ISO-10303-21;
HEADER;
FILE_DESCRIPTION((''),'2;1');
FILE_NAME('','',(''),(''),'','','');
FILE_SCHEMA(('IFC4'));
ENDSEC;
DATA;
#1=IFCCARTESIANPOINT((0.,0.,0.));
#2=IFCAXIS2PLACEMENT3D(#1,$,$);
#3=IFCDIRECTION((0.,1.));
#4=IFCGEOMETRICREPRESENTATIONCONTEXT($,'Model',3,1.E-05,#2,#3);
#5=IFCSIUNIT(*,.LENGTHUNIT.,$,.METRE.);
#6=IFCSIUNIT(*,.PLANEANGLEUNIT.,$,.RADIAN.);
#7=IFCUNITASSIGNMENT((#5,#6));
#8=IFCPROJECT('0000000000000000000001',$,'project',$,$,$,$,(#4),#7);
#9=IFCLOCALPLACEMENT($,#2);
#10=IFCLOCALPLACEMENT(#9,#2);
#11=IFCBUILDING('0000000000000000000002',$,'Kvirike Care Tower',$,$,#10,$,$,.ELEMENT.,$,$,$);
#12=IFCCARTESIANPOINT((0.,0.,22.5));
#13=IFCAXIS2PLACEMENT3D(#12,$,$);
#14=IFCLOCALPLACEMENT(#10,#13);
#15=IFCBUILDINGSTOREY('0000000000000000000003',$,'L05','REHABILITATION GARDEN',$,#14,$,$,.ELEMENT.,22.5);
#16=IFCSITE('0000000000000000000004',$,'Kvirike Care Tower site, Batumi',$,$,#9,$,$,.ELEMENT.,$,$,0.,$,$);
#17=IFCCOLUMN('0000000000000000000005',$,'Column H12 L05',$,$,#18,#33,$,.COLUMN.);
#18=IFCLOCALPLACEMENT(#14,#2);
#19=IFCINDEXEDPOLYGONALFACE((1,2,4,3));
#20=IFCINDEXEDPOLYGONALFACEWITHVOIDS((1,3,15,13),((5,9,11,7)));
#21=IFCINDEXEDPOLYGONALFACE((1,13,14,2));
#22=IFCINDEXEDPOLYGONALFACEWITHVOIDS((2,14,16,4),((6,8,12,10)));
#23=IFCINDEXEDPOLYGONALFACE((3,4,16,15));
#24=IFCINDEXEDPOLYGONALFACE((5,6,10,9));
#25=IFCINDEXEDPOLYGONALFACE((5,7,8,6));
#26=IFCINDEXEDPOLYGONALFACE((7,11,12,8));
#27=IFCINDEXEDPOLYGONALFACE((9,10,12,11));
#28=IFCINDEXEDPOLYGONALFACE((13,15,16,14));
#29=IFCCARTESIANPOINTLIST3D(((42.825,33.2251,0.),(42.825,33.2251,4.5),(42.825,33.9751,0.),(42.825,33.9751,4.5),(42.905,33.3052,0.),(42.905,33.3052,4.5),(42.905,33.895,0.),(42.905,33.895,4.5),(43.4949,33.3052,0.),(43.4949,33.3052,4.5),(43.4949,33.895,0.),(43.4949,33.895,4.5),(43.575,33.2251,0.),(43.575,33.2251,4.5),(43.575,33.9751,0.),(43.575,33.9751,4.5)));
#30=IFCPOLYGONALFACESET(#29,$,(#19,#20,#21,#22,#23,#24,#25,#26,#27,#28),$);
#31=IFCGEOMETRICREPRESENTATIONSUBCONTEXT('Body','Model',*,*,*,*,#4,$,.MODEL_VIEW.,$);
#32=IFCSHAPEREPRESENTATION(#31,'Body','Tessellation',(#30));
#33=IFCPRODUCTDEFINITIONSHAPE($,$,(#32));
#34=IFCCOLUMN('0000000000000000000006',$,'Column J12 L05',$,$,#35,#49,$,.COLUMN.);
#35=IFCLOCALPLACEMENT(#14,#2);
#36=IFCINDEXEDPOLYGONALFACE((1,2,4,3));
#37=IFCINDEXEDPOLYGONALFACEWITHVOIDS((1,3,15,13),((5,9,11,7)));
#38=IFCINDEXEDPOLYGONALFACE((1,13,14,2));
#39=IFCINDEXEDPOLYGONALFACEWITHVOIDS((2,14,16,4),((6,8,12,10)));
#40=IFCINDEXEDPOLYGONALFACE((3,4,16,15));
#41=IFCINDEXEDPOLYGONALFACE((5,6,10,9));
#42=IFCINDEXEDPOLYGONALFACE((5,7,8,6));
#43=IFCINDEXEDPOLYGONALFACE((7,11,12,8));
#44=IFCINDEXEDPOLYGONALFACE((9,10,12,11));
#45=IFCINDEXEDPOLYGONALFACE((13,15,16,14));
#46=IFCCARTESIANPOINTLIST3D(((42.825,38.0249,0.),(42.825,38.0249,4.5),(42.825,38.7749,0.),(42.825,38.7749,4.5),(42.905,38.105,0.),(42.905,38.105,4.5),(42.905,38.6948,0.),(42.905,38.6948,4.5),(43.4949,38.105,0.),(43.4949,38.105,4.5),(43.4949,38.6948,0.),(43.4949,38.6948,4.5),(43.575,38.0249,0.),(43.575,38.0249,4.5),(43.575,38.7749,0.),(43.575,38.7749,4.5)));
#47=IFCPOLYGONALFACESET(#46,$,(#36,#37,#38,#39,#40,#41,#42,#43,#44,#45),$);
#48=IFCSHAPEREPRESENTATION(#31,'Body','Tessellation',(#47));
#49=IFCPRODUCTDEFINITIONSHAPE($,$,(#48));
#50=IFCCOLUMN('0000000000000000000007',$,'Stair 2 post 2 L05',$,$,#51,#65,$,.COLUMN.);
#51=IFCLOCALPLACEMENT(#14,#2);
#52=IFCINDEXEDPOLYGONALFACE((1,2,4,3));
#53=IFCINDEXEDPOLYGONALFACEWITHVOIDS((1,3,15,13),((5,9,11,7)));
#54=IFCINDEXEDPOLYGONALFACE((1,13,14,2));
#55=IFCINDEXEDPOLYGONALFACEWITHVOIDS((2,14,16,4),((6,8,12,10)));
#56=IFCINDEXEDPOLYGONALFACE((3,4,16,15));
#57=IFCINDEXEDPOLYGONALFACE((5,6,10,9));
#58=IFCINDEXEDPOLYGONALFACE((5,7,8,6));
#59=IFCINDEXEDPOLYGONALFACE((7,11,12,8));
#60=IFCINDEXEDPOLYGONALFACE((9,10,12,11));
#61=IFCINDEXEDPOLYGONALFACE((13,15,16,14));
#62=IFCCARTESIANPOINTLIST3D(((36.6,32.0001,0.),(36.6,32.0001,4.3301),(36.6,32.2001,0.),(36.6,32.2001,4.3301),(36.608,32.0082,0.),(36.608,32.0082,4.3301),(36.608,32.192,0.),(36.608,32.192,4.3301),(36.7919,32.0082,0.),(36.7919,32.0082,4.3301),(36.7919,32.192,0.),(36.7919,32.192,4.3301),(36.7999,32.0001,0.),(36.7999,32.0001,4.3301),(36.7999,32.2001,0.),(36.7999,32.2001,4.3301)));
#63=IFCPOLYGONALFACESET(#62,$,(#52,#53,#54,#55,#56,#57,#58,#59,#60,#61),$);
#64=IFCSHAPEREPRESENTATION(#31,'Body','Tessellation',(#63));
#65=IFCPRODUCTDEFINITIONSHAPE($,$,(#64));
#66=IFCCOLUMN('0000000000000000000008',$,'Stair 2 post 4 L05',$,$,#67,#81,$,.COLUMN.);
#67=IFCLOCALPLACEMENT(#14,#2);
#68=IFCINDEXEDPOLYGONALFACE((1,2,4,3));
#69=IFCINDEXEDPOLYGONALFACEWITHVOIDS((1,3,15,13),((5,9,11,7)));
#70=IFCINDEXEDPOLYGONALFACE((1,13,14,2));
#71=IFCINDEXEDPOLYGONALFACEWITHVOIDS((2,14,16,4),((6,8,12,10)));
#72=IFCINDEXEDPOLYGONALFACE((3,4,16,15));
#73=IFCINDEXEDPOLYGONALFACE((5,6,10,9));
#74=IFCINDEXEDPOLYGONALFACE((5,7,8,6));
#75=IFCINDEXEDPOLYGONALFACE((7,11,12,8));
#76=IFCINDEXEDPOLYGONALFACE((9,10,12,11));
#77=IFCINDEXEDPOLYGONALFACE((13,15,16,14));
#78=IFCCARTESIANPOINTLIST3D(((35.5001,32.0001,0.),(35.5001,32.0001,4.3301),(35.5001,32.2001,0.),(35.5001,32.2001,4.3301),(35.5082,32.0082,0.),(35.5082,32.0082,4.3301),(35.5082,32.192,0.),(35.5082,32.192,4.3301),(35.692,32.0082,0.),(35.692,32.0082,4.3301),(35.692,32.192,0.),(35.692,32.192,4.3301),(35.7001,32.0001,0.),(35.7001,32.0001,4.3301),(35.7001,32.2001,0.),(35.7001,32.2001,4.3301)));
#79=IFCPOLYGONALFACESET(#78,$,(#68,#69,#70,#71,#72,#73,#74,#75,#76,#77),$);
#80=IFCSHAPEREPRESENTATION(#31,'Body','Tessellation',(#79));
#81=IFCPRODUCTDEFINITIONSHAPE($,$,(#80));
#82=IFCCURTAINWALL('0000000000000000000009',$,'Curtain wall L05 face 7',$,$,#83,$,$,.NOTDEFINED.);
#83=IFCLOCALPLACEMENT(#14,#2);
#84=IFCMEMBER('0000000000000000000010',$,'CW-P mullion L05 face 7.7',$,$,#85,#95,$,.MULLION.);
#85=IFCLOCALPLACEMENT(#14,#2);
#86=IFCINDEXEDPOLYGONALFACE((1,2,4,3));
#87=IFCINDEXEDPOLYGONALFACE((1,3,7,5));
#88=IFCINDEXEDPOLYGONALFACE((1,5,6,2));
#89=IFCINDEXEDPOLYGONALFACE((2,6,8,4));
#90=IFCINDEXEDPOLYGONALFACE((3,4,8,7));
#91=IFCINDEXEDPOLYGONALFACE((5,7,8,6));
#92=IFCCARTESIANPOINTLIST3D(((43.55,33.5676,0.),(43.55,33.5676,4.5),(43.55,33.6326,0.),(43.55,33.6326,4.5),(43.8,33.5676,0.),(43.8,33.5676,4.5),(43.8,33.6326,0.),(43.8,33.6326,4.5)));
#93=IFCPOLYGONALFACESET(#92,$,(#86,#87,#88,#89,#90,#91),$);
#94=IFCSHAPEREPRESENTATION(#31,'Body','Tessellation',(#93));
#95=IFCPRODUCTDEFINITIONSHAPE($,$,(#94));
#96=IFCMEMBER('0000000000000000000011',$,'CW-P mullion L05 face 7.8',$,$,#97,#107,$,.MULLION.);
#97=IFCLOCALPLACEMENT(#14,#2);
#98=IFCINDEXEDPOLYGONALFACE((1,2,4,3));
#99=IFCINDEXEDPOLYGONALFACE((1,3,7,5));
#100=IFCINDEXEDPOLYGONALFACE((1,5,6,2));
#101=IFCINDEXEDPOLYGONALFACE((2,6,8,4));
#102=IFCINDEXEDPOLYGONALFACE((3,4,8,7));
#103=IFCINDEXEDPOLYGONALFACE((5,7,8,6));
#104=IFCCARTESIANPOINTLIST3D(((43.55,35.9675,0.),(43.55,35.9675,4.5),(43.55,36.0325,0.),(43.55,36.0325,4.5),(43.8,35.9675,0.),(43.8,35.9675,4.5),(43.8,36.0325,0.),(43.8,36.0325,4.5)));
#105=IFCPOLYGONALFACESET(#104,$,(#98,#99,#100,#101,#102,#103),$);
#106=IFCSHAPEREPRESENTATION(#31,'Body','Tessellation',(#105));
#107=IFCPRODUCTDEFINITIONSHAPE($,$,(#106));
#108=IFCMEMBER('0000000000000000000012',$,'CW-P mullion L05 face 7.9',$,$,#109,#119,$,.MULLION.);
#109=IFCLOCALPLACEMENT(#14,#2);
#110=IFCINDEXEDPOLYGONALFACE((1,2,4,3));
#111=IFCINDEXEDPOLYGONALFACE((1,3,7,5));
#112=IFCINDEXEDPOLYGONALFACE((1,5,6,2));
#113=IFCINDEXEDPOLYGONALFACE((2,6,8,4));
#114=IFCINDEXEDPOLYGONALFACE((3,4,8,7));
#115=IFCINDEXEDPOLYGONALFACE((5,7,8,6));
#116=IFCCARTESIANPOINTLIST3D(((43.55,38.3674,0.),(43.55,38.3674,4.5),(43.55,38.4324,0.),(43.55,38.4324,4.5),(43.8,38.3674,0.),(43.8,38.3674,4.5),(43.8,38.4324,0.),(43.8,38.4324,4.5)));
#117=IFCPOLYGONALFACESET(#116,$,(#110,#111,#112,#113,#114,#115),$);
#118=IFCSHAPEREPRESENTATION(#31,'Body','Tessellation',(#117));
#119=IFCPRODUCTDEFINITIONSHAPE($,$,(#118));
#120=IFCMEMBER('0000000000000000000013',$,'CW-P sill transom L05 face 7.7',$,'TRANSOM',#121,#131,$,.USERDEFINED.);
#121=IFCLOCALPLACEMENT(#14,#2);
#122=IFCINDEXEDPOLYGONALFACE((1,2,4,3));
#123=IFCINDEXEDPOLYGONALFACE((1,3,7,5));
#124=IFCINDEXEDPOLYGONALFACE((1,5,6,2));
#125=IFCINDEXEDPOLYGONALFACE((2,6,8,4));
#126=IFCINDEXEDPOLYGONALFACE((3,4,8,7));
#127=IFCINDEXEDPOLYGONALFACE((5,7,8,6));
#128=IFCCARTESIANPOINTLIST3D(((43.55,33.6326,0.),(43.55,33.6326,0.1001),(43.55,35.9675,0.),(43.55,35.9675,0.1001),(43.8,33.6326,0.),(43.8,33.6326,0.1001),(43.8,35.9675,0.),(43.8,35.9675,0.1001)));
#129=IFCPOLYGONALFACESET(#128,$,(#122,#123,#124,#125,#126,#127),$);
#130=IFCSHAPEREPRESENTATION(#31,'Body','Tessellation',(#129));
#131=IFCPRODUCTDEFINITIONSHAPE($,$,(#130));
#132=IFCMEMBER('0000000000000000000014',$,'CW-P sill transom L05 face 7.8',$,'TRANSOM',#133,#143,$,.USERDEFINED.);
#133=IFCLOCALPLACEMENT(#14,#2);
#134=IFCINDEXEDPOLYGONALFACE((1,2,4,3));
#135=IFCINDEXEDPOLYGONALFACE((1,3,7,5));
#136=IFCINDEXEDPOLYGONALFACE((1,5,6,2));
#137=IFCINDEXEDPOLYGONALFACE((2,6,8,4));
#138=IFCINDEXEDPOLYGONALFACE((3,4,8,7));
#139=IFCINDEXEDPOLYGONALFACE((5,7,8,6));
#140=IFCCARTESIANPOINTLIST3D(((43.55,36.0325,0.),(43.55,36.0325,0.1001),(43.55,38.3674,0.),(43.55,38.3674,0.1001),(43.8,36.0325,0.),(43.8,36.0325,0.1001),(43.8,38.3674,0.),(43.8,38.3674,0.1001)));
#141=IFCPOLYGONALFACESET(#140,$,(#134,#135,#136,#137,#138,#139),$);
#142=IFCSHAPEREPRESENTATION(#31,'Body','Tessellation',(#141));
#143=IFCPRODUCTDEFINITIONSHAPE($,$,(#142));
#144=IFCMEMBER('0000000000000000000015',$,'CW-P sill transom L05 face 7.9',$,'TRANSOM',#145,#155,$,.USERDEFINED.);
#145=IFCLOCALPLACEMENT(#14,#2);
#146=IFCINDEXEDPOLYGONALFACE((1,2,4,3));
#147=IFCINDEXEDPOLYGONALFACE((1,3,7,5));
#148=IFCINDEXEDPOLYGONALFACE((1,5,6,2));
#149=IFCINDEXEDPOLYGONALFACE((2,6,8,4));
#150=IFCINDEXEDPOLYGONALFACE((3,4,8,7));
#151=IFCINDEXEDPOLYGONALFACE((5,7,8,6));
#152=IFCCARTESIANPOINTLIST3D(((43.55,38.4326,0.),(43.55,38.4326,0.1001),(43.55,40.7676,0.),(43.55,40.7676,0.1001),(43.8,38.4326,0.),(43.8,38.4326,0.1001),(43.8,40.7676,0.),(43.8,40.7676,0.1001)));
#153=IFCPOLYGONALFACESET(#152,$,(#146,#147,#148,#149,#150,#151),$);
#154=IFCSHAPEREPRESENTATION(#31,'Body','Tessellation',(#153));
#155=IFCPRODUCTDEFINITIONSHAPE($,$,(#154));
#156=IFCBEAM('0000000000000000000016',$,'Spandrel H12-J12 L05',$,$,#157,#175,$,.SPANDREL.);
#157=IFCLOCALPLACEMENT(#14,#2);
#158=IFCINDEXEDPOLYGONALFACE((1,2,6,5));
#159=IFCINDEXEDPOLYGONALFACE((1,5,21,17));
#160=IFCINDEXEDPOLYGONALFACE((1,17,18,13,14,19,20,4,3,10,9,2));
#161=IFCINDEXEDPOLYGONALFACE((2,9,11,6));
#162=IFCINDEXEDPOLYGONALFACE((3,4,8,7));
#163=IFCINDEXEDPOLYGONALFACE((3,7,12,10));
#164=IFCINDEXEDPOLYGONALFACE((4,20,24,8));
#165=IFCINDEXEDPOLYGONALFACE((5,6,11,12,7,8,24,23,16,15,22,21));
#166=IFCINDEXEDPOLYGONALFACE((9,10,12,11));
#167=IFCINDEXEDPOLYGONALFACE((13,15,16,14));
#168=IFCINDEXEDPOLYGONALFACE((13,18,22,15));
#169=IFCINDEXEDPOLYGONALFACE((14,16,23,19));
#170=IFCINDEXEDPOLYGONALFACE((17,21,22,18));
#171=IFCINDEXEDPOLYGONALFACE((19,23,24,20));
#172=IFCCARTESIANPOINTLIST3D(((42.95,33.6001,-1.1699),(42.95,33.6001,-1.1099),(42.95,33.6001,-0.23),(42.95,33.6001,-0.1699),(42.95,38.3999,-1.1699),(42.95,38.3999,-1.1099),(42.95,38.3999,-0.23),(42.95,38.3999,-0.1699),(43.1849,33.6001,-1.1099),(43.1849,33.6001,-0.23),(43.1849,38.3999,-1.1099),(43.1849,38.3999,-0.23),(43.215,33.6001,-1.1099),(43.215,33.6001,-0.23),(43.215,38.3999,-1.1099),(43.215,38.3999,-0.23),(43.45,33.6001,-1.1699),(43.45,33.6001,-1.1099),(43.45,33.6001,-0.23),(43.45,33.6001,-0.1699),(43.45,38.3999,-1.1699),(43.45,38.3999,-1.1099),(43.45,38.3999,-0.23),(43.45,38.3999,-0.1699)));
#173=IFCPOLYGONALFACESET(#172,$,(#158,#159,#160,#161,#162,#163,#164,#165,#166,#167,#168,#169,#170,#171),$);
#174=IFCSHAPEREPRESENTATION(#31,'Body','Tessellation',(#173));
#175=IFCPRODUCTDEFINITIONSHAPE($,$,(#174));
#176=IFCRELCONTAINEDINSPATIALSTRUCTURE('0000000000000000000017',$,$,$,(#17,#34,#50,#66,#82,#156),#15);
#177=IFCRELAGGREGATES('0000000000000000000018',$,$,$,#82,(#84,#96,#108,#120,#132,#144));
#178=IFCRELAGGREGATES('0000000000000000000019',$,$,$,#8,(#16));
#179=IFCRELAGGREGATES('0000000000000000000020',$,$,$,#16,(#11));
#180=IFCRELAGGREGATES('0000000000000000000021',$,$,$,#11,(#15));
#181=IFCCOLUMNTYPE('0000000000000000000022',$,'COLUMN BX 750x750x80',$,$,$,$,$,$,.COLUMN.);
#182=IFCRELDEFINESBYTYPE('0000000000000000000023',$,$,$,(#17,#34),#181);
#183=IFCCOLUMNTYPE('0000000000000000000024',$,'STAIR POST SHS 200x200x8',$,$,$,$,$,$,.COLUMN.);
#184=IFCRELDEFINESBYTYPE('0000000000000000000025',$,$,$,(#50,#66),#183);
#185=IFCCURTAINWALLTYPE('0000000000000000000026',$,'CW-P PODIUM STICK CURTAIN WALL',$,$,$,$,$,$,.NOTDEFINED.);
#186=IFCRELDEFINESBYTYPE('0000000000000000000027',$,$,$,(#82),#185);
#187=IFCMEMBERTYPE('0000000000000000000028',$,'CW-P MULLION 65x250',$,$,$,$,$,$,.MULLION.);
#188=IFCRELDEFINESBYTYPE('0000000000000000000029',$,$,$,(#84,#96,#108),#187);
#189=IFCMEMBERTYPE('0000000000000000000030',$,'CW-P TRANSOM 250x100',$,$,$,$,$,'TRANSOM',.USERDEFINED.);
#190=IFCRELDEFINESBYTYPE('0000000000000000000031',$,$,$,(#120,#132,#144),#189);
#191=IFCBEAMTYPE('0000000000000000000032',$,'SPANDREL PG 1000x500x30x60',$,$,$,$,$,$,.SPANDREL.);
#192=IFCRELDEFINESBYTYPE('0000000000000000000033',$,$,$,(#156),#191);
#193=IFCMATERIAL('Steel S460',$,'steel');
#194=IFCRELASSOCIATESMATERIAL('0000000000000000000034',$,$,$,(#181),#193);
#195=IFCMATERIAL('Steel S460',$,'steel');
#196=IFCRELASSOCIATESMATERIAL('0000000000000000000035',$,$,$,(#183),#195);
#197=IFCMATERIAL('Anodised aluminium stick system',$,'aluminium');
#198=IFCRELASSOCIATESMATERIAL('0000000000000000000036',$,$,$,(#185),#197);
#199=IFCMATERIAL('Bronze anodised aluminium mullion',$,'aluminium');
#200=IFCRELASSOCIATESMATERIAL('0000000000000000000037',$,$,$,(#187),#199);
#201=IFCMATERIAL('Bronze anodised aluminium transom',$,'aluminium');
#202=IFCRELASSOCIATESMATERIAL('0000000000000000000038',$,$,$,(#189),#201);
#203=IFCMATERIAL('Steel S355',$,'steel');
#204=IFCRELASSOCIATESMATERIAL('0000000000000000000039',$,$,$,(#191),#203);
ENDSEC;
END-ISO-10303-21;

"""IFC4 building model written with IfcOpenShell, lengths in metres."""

from ifc_helpers import new_model, si_unit, direction, frame, origin, origin_2d, place, context, subcontext, project, spatial, rectangle, hollow_rectangle, i_section, extrude, material, material_profile, profile_set, type_object, element, aggregate, save


model = new_model("IFC4")

# Units and contexts
model_context = context("Model", 3, precision=1e-05, world=origin(), true_north=direction((0.0, 1.0)))
body_context = subcontext(model_context, "Body", "Model", "MODEL_VIEW")
ifc_project = project(units=[si_unit("LENGTHUNIT", "METRE"), si_unit("PLANEANGLEUNIT", "RADIAN")], contexts=[model_context])

# Site, building, storey
site_placement = place(None, origin())
site = spatial("IfcSite", under=ifc_project, at=site_placement, Name="Kvirike Care Tower site, Batumi", CompositionType="ELEMENT", RefElevation=0.0)
building_placement = place(site_placement, origin())
building = spatial("IfcBuilding", under=site, at=building_placement, Name="Kvirike Care Tower", CompositionType="ELEMENT")
storey_placement = place(building_placement, frame((0.0, 0.0, 22.5)))
storey = spatial("IfcBuildingStorey", under=building, at=storey_placement, Name="L05", Description="REHABILITATION GARDEN", CompositionType="ELEMENT", Elevation=22.5)

# Columns
ifc_material_1 = material(Name="Steel S460", Category="steel")
ifc_material_profile_1 = material_profile(ifc_material_1, hollow_rectangle(XDim=0.75, YDim=0.75, WallThickness=0.0801, at=origin_2d()), Name="BX 750x750x80")
ifc_profile_set_1 = profile_set([ifc_material_profile_1], Name="Steel S460")
column_type_1 = type_object("IfcColumnType", Name="COLUMN BX 750x750x80", PredefinedType="COLUMN", material=ifc_profile_set_1)
for number, where, z_axis, x_axis, name in (
    (1, (43.2, 33.6001, 0.0), (0.0, 0.0, 1.0), (1.0, 0.0, 0.0), "Column H12 L05"),
    (2, (43.2, 38.3999, 0.0), (0.0, 0.0, 1.0), (1.0, 0.0, 0.0), "Column J12 L05"),
):
    element("IfcColumn", number, at=place(storey_placement, frame(where, z_axis=z_axis, x_axis=x_axis)), inside=storey, type_object=column_type_1, Name=name, PredefinedType="COLUMN", context=body_context, shape_type="SweptSolid", body=[
        extrude(hollow_rectangle(XDim=0.75, YDim=0.75, WallThickness=0.0801, at=origin_2d()), origin(), (0.0, 0.0, 1.0), 4.5),
    ])
ifc_material_2 = material(Name="Steel S460", Category="steel")
ifc_material_profile_2 = material_profile(ifc_material_2, hollow_rectangle(XDim=0.2, YDim=0.2, WallThickness=0.0081, at=origin_2d()), Name="SHS 200x200x8")
ifc_profile_set_2 = profile_set([ifc_material_profile_2], Name="Steel S460")
column_type_2 = type_object("IfcColumnType", Name="STAIR POST SHS 200x200x8", PredefinedType="COLUMN", material=ifc_profile_set_2)
for number, where, z_axis, x_axis, name in (
    (3, (36.7, 32.1001, 0.0), (0.0, 0.0, 1.0), (1.0, 0.0, 0.0), "Stair 2 post 2 L05"),
    (4, (35.6001, 32.1001, 0.0), (0.0, 0.0, 1.0), (1.0, 0.0, 0.0), "Stair 2 post 4 L05"),
):
    element("IfcColumn", number, at=place(storey_placement, frame(where, z_axis=z_axis, x_axis=x_axis)), inside=storey, type_object=column_type_2, Name=name, PredefinedType="COLUMN", context=body_context, shape_type="SweptSolid", body=[
        extrude(hollow_rectangle(XDim=0.2, YDim=0.2, WallThickness=0.0081, at=origin_2d()), origin(), (0.0, 0.0, 1.0), 4.3301),
    ])

# Curtain wall, members
ifc_material_3 = material(Name="Anodised aluminium stick system", Category="aluminium")
curtain_wall_type = type_object("IfcCurtainWallType", Name="CW-P PODIUM STICK CURTAIN WALL", PredefinedType="NOTDEFINED", material=ifc_material_3)
curtain_wall_placement = place(storey_placement, origin())
curtain_wall = element("IfcCurtainWall", 5, at=curtain_wall_placement, inside=storey, type_object=curtain_wall_type, Name="Curtain wall L05 face 7", PredefinedType="NOTDEFINED")
ifc_material_4 = material(Name="Bronze anodised aluminium mullion", Category="aluminium")
ifc_material_profile_3 = material_profile(ifc_material_4, rectangle(XDim=0.0649, YDim=0.25, at=origin_2d()), Name="CW-P MULLION 65x250")
ifc_profile_set_3 = profile_set([ifc_material_profile_3], Name="Bronze anodised aluminium mullion")
member_type_1 = type_object("IfcMemberType", Name="CW-P MULLION 65x250", PredefinedType="MULLION", material=ifc_profile_set_3)
member_1_placement = place(storey_placement, frame((43.675, 33.6001, 0.0), z_axis=(0.0, 0.0, 1.0), x_axis=(0.0, 1.0, 0.0)))
member_1 = element("IfcMember", 6, at=member_1_placement, type_object=member_type_1, Name="CW-P mullion L05 face 7.7", PredefinedType="MULLION", context=body_context, shape_type="SweptSolid", body=[
    extrude(rectangle(XDim=0.0649, YDim=0.25, at=origin_2d()), origin(), (0.0, 0.0, 1.0), 4.5),
])
member_2_placement = place(storey_placement, frame((43.675, 36.0, 0.0), z_axis=(0.0, 0.0, 1.0), x_axis=(0.0, 1.0, 0.0)))
member_2 = element("IfcMember", 7, at=member_2_placement, type_object=member_type_1, Name="CW-P mullion L05 face 7.8", PredefinedType="MULLION", context=body_context, shape_type="SweptSolid", body=[
    extrude(rectangle(XDim=0.0649, YDim=0.25, at=origin_2d()), origin(), (0.0, 0.0, 1.0), 4.5),
])
member_3_placement = place(storey_placement, frame((43.675, 38.3999, 0.0), z_axis=(0.0, 0.0, 1.0), x_axis=(0.0, 1.0, 0.0)))
member_3 = element("IfcMember", 8, at=member_3_placement, type_object=member_type_1, Name="CW-P mullion L05 face 7.9", PredefinedType="MULLION", context=body_context, shape_type="SweptSolid", body=[
    extrude(rectangle(XDim=0.0649, YDim=0.25, at=origin_2d()), origin(), (0.0, 0.0, 1.0), 4.5),
])
ifc_material_5 = material(Name="Bronze anodised aluminium transom", Category="aluminium")
ifc_material_profile_4 = material_profile(ifc_material_5, rectangle(XDim=0.25, YDim=0.1001, at=origin_2d()), Name="CW-P TRANSOM 250x100")
ifc_profile_set_4 = profile_set([ifc_material_profile_4], Name="Bronze anodised aluminium transom")
member_type_2 = type_object("IfcMemberType", Name="CW-P TRANSOM 250x100", ElementType="TRANSOM", PredefinedType="USERDEFINED", material=ifc_profile_set_4)
member_4_placement = place(storey_placement, frame((43.675, 33.6326, 0.05), z_axis=(0.0, 1.0, 0.0), x_axis=(-1.0, 0.0, 0.0)))
member_4 = element("IfcMember", 9, at=member_4_placement, type_object=member_type_2, Name="CW-P sill transom L05 face 7.7", ObjectType="TRANSOM", PredefinedType="USERDEFINED", context=body_context, shape_type="SweptSolid", body=[
    extrude(rectangle(XDim=0.25, YDim=0.1001, at=origin_2d()), origin(), (0.0, 0.0, 1.0), 2.335),
])
member_5_placement = place(storey_placement, frame((43.675, 36.0325, 0.05), z_axis=(0.0, 1.0, 0.0), x_axis=(-1.0, 0.0, 0.0)))
member_5 = element("IfcMember", 10, at=member_5_placement, type_object=member_type_2, Name="CW-P sill transom L05 face 7.8", ObjectType="TRANSOM", PredefinedType="USERDEFINED", context=body_context, shape_type="SweptSolid", body=[
    extrude(rectangle(XDim=0.25, YDim=0.1001, at=origin_2d()), origin(), (0.0, 0.0, 1.0), 2.335),
])
member_6_placement = place(storey_placement, frame((43.675, 38.4326, 0.05), z_axis=(0.0, 1.0, 0.0), x_axis=(-1.0, 0.0, 0.0)))
member_6 = element("IfcMember", 11, at=member_6_placement, type_object=member_type_2, Name="CW-P sill transom L05 face 7.9", ObjectType="TRANSOM", PredefinedType="USERDEFINED", context=body_context, shape_type="SweptSolid", body=[
    extrude(rectangle(XDim=0.25, YDim=0.1001, at=origin_2d()), origin(), (0.0, 0.0, 1.0), 2.335),
])

# Beam
ifc_material_6 = material(Name="Steel S355", Category="steel")
ifc_material_profile_5 = material_profile(ifc_material_6, i_section(OverallWidth=0.5, OverallDepth=1.0, WebThickness=0.03, FlangeThickness=0.0601, at=origin_2d()), Name="PG 1000x500x30x60")
ifc_profile_set_5 = profile_set([ifc_material_profile_5], Name="Steel S355")
beam_type = type_object("IfcBeamType", Name="SPANDREL PG 1000x500x30x60", PredefinedType="SPANDREL", material=ifc_profile_set_5)
beam_1_placement = place(storey_placement, frame((43.2, 33.6001, -0.6699), z_axis=(0.0, 1.0, 0.0), x_axis=(-1.0, 0.0, 0.0)))
element("IfcBeam", 12, at=beam_1_placement, inside=storey, type_object=beam_type, Name="Spandrel H12-J12 L05", PredefinedType="SPANDREL", context=body_context, shape_type="SweptSolid", body=[
    extrude(i_section(OverallWidth=0.5, OverallDepth=1.0, WebThickness=0.03, FlangeThickness=0.0601, at=origin_2d()), origin(), (0.0, 0.0, 1.0), 4.7998),
])

aggregate(curtain_wall, [member_1, member_2, member_3, member_4, member_5, member_6])

save(model, "model.ifc")
